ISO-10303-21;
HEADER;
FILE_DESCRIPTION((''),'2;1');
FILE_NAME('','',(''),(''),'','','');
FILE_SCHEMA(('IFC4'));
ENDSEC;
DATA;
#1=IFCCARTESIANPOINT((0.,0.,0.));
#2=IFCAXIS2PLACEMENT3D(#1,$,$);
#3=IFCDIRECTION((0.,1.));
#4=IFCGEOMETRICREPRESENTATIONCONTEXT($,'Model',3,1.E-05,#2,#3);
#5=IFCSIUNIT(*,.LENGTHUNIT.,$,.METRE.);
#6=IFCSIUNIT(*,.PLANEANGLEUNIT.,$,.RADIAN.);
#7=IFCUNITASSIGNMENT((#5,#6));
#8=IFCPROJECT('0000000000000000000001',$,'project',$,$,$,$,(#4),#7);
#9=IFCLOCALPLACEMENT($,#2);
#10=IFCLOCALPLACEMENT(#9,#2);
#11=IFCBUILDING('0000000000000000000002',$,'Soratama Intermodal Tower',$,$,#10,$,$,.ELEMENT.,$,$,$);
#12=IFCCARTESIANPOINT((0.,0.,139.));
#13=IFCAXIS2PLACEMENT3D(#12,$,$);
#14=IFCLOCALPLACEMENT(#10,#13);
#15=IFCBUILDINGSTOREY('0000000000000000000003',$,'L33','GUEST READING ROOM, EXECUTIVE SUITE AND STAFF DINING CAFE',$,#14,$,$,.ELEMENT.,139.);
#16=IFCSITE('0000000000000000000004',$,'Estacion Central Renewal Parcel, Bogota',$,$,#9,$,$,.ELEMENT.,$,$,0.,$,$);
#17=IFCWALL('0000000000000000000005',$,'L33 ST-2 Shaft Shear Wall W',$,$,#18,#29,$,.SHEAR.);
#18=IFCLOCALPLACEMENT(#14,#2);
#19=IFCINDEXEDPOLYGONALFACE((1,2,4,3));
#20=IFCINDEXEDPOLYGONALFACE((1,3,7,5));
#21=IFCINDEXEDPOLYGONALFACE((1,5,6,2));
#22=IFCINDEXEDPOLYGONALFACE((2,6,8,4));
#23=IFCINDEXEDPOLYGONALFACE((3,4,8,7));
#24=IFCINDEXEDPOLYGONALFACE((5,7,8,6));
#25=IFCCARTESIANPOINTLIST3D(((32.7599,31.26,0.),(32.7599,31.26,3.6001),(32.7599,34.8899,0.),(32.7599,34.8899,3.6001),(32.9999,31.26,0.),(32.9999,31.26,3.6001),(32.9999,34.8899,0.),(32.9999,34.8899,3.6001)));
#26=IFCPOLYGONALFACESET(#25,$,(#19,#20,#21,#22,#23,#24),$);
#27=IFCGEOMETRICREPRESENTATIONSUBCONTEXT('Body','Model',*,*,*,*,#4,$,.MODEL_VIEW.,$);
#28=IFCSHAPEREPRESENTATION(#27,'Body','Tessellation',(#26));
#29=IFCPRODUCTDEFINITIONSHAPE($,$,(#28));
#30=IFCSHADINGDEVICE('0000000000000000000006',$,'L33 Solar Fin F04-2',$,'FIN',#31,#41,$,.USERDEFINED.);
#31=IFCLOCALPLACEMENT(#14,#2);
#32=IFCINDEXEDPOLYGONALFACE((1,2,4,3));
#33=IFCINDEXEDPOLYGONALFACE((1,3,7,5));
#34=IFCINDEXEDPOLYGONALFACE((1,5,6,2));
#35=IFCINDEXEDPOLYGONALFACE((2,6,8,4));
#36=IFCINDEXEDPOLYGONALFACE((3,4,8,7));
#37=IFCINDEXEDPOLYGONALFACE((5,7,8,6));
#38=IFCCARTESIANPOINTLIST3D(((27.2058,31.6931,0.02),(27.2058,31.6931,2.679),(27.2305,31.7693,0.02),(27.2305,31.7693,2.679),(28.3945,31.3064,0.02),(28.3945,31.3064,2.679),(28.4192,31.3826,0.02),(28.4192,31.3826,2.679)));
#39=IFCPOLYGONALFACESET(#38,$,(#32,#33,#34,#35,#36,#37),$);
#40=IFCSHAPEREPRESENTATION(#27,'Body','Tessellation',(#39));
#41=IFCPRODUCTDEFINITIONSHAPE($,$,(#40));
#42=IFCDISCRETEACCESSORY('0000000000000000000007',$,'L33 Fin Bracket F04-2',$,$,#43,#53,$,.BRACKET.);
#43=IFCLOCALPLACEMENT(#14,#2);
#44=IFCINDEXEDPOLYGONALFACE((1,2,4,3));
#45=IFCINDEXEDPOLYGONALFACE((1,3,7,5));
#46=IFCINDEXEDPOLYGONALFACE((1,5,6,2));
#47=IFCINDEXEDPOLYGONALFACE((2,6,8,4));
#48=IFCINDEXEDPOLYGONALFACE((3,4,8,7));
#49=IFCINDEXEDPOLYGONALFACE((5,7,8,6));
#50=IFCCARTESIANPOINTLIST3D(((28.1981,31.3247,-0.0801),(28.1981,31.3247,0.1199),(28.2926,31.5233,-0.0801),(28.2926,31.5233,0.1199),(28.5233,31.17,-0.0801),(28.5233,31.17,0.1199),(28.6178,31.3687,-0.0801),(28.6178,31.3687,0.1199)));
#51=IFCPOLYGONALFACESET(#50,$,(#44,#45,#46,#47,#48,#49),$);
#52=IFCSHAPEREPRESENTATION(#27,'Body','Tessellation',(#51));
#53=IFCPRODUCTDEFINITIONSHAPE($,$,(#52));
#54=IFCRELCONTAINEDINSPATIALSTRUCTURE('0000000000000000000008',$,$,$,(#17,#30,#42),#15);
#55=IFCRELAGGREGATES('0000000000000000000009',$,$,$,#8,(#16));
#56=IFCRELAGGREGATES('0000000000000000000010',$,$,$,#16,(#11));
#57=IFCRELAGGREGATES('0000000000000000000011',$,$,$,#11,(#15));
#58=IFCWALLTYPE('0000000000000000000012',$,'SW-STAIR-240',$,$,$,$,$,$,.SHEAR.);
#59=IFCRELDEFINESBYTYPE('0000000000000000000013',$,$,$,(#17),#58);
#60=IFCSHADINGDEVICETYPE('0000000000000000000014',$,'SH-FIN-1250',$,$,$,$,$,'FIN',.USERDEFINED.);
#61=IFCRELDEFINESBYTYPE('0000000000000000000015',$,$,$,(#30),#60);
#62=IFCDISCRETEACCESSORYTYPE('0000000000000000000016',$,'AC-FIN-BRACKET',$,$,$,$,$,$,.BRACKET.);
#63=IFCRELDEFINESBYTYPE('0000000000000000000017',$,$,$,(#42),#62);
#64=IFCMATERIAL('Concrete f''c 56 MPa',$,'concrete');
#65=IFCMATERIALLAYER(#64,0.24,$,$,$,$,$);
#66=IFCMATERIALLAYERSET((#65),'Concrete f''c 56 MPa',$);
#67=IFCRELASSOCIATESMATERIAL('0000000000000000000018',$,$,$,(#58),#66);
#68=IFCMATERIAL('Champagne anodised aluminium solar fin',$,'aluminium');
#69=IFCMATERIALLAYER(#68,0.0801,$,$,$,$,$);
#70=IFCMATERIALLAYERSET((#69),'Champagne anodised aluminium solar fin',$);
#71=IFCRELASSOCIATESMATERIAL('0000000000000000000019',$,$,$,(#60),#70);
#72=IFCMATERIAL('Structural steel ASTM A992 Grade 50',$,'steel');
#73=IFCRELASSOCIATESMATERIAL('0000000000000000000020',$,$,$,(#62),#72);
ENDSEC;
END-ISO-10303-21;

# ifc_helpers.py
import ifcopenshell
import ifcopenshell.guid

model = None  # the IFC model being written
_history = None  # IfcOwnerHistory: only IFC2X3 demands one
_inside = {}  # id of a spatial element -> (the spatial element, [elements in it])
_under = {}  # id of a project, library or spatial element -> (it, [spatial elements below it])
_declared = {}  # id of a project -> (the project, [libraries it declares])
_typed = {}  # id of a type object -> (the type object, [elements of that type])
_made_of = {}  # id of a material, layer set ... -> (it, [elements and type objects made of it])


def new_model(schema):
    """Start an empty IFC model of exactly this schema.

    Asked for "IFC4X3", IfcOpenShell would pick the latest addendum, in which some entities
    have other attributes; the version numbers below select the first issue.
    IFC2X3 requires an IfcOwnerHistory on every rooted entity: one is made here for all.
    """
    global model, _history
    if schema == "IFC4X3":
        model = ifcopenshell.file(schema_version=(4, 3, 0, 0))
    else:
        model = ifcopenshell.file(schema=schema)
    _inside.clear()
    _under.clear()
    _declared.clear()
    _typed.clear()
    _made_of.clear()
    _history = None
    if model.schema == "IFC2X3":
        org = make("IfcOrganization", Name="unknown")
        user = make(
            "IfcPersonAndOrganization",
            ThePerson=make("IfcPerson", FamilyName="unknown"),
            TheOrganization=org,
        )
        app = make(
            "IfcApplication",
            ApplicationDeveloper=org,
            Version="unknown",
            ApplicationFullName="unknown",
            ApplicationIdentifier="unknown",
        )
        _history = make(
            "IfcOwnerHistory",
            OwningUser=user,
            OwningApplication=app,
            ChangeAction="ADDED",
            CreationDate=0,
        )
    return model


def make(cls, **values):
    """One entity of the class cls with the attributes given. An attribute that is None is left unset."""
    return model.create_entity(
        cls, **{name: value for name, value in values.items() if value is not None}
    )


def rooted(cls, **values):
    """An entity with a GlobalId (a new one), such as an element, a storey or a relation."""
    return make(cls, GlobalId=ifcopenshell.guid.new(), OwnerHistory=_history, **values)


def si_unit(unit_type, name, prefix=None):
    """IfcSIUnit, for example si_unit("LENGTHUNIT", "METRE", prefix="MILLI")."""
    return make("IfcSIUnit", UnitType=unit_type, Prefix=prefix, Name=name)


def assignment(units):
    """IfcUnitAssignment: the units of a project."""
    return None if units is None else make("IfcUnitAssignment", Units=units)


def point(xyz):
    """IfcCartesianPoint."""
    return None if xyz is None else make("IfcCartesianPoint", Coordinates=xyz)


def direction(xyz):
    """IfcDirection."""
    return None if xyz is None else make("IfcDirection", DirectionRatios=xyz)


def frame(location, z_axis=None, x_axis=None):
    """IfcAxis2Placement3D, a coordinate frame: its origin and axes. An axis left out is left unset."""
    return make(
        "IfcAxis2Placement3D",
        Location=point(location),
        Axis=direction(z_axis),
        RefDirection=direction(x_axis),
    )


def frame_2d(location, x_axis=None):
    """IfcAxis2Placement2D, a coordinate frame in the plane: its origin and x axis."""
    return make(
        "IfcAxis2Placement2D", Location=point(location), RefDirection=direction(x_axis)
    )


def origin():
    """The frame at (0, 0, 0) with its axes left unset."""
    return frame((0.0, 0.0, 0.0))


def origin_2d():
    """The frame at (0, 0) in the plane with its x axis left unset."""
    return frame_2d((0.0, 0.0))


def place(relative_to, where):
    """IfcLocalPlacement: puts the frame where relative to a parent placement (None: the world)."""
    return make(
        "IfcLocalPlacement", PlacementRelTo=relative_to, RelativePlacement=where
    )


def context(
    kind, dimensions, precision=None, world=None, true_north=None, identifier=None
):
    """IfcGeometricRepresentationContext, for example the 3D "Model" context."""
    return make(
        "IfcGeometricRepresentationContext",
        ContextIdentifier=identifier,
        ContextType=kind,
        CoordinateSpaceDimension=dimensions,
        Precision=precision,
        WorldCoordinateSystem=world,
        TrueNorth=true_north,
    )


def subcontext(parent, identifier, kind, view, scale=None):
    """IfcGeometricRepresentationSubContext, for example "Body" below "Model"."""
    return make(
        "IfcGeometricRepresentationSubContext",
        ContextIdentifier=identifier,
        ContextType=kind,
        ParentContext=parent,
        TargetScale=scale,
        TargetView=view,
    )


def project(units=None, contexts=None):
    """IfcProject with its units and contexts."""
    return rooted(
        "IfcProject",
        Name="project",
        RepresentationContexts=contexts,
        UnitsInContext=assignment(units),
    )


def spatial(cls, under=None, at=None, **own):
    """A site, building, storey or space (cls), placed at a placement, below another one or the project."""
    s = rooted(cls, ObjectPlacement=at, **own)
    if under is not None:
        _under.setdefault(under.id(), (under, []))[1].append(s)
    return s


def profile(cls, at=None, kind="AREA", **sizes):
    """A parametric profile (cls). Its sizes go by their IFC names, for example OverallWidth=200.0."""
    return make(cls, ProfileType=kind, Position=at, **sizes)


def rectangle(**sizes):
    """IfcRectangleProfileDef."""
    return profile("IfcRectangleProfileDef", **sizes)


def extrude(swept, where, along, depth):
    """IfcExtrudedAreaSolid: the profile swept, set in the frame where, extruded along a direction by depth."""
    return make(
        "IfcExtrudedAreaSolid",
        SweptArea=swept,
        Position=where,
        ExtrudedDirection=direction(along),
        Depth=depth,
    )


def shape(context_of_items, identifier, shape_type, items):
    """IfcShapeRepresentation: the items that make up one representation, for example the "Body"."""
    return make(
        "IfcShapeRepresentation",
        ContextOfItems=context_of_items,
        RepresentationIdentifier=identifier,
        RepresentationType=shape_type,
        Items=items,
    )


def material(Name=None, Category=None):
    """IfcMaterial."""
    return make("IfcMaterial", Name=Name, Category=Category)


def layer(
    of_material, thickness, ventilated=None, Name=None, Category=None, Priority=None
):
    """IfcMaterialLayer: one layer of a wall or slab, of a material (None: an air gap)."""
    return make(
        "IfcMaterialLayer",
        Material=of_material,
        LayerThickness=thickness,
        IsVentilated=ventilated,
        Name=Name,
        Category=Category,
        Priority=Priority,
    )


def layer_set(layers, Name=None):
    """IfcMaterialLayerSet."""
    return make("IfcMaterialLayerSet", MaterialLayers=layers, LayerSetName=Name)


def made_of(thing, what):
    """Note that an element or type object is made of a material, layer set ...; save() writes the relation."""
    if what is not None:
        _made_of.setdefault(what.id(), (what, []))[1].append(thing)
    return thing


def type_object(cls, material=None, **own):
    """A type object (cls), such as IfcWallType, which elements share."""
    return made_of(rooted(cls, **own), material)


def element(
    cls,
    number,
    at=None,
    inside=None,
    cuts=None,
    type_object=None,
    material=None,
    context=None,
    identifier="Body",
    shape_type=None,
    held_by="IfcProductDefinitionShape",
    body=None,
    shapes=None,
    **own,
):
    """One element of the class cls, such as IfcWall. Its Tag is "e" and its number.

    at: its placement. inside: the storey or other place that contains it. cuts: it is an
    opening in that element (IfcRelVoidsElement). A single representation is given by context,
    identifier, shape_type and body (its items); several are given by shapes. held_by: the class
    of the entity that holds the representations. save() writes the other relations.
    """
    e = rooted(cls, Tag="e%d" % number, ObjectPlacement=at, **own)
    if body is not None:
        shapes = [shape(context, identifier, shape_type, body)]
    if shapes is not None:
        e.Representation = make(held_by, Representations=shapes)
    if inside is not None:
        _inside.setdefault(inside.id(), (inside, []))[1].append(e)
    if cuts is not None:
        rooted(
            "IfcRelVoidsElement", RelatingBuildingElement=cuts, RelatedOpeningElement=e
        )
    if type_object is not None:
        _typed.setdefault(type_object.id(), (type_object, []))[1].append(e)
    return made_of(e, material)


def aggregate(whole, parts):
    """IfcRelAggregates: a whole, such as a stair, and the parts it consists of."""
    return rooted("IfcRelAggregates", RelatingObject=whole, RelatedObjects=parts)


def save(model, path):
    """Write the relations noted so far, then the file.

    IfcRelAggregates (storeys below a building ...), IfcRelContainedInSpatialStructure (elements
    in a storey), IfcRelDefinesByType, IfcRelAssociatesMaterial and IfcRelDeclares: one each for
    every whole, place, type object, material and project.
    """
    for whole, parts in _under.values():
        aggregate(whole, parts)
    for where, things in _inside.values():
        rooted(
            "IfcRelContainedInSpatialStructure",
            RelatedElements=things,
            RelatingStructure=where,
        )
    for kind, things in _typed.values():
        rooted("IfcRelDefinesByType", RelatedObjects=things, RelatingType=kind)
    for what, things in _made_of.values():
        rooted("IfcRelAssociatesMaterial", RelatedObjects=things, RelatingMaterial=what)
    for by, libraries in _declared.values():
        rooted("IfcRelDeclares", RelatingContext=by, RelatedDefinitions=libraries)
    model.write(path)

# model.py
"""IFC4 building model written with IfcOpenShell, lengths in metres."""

from ifc_helpers import new_model, si_unit, direction, frame, frame_2d, origin, origin_2d, place, context, subcontext, project, spatial, rectangle, extrude, material, layer, layer_set, type_object, element, save


model = new_model("IFC4")

# Units and contexts
model_context = context("Model", 3, precision=1e-05, world=origin(), true_north=direction((0.0, 1.0)))
body_context = subcontext(model_context, "Body", "Model", "MODEL_VIEW")
ifc_project = project(units=[si_unit("LENGTHUNIT", "METRE"), si_unit("PLANEANGLEUNIT", "RADIAN")], contexts=[model_context])

# Site, building, storey
site_placement = place(None, origin())
site = spatial("IfcSite", under=ifc_project, at=site_placement, Name="Estacion Central Renewal Parcel, Bogota", CompositionType="ELEMENT", RefElevation=0.0)
building_placement = place(site_placement, origin())
building = spatial("IfcBuilding", under=site, at=building_placement, Name="Soratama Intermodal Tower", CompositionType="ELEMENT")
storey_placement = place(building_placement, frame((0.0, 0.0, 139.0)))
storey = spatial("IfcBuildingStorey", under=building, at=storey_placement, Name="L33", Description="GUEST READING ROOM, EXECUTIVE SUITE AND STAFF DINING CAFE", CompositionType="ELEMENT", Elevation=139.0)

# Wall
ifc_material_1 = material(Name="Concrete f'c 56 MPa", Category="concrete")
ifc_layer_1 = layer(ifc_material_1, 0.24)
ifc_layer_set_1 = layer_set([ifc_layer_1], Name="Concrete f'c 56 MPa")
wall_type_1 = type_object("IfcWallType", Name="SW-STAIR-240", PredefinedType="SHEAR", material=ifc_layer_set_1)
wall_1_placement = place(storey_placement, frame((32.8799, 31.26, 0.0), z_axis=(0.0, 0.0, 1.0), x_axis=(0.0, 1.0, 0.0)))
element("IfcWall", 1, at=wall_1_placement, inside=storey, type_object=wall_type_1, Name="L33 ST-2 Shaft Shear Wall W", PredefinedType="SHEAR", context=body_context, shape_type="SweptSolid", body=[
    extrude(rectangle(XDim=3.6299, YDim=0.24, at=frame_2d((1.8149, 0.0))), origin(), (0.0, 0.0, 1.0), 3.6001),
])

# Shading device
ifc_material_2 = material(Name="Champagne anodised aluminium solar fin", Category="aluminium")
ifc_layer_2 = layer(ifc_material_2, 0.0801)
ifc_layer_set_2 = layer_set([ifc_layer_2], Name="Champagne anodised aluminium solar fin")
shading_device_type = type_object("IfcShadingDeviceType", Name="SH-FIN-1250", ElementType="FIN", PredefinedType="USERDEFINED", material=ifc_layer_set_2)
shading_device_placement = place(storey_placement, frame((27.8125, 31.5378, 0.02), z_axis=(0.0, 0.0, 1.0), x_axis=(-0.950949, 0.309349, 0.0)))
element("IfcShadingDevice", 2, at=shading_device_placement, inside=storey, type_object=shading_device_type, Name="L33 Solar Fin F04-2", ObjectType="FIN", PredefinedType="USERDEFINED", context=body_context, shape_type="SweptSolid", body=[
    extrude(rectangle(XDim=1.25, YDim=0.0801, at=origin_2d()), origin(), (0.0, 0.0, 1.0), 2.6589),
])

# Discrete accessory
ifc_material_3 = material(Name="Structural steel ASTM A992 Grade 50", Category="steel")
discrete_accessory_type = type_object("IfcDiscreteAccessoryType", Name="AC-FIN-BRACKET", PredefinedType="BRACKET", material=ifc_material_3)
discrete_accessory_placement = place(storey_placement, frame((28.408, 31.3467, -0.0801), z_axis=(0.0, 0.0, 1.0), x_axis=(-0.903036, 0.429566, 0.0)))
element("IfcDiscreteAccessory", 3, at=discrete_accessory_placement, inside=storey, type_object=discrete_accessory_type, Name="L33 Fin Bracket F04-2", PredefinedType="BRACKET", context=body_context, shape_type="SweptSolid", body=[
    extrude(rectangle(XDim=0.3601, YDim=0.22, at=origin_2d()), origin(), (0.0, 0.0, 1.0), 0.2),
])

save(model, "model.ifc")
